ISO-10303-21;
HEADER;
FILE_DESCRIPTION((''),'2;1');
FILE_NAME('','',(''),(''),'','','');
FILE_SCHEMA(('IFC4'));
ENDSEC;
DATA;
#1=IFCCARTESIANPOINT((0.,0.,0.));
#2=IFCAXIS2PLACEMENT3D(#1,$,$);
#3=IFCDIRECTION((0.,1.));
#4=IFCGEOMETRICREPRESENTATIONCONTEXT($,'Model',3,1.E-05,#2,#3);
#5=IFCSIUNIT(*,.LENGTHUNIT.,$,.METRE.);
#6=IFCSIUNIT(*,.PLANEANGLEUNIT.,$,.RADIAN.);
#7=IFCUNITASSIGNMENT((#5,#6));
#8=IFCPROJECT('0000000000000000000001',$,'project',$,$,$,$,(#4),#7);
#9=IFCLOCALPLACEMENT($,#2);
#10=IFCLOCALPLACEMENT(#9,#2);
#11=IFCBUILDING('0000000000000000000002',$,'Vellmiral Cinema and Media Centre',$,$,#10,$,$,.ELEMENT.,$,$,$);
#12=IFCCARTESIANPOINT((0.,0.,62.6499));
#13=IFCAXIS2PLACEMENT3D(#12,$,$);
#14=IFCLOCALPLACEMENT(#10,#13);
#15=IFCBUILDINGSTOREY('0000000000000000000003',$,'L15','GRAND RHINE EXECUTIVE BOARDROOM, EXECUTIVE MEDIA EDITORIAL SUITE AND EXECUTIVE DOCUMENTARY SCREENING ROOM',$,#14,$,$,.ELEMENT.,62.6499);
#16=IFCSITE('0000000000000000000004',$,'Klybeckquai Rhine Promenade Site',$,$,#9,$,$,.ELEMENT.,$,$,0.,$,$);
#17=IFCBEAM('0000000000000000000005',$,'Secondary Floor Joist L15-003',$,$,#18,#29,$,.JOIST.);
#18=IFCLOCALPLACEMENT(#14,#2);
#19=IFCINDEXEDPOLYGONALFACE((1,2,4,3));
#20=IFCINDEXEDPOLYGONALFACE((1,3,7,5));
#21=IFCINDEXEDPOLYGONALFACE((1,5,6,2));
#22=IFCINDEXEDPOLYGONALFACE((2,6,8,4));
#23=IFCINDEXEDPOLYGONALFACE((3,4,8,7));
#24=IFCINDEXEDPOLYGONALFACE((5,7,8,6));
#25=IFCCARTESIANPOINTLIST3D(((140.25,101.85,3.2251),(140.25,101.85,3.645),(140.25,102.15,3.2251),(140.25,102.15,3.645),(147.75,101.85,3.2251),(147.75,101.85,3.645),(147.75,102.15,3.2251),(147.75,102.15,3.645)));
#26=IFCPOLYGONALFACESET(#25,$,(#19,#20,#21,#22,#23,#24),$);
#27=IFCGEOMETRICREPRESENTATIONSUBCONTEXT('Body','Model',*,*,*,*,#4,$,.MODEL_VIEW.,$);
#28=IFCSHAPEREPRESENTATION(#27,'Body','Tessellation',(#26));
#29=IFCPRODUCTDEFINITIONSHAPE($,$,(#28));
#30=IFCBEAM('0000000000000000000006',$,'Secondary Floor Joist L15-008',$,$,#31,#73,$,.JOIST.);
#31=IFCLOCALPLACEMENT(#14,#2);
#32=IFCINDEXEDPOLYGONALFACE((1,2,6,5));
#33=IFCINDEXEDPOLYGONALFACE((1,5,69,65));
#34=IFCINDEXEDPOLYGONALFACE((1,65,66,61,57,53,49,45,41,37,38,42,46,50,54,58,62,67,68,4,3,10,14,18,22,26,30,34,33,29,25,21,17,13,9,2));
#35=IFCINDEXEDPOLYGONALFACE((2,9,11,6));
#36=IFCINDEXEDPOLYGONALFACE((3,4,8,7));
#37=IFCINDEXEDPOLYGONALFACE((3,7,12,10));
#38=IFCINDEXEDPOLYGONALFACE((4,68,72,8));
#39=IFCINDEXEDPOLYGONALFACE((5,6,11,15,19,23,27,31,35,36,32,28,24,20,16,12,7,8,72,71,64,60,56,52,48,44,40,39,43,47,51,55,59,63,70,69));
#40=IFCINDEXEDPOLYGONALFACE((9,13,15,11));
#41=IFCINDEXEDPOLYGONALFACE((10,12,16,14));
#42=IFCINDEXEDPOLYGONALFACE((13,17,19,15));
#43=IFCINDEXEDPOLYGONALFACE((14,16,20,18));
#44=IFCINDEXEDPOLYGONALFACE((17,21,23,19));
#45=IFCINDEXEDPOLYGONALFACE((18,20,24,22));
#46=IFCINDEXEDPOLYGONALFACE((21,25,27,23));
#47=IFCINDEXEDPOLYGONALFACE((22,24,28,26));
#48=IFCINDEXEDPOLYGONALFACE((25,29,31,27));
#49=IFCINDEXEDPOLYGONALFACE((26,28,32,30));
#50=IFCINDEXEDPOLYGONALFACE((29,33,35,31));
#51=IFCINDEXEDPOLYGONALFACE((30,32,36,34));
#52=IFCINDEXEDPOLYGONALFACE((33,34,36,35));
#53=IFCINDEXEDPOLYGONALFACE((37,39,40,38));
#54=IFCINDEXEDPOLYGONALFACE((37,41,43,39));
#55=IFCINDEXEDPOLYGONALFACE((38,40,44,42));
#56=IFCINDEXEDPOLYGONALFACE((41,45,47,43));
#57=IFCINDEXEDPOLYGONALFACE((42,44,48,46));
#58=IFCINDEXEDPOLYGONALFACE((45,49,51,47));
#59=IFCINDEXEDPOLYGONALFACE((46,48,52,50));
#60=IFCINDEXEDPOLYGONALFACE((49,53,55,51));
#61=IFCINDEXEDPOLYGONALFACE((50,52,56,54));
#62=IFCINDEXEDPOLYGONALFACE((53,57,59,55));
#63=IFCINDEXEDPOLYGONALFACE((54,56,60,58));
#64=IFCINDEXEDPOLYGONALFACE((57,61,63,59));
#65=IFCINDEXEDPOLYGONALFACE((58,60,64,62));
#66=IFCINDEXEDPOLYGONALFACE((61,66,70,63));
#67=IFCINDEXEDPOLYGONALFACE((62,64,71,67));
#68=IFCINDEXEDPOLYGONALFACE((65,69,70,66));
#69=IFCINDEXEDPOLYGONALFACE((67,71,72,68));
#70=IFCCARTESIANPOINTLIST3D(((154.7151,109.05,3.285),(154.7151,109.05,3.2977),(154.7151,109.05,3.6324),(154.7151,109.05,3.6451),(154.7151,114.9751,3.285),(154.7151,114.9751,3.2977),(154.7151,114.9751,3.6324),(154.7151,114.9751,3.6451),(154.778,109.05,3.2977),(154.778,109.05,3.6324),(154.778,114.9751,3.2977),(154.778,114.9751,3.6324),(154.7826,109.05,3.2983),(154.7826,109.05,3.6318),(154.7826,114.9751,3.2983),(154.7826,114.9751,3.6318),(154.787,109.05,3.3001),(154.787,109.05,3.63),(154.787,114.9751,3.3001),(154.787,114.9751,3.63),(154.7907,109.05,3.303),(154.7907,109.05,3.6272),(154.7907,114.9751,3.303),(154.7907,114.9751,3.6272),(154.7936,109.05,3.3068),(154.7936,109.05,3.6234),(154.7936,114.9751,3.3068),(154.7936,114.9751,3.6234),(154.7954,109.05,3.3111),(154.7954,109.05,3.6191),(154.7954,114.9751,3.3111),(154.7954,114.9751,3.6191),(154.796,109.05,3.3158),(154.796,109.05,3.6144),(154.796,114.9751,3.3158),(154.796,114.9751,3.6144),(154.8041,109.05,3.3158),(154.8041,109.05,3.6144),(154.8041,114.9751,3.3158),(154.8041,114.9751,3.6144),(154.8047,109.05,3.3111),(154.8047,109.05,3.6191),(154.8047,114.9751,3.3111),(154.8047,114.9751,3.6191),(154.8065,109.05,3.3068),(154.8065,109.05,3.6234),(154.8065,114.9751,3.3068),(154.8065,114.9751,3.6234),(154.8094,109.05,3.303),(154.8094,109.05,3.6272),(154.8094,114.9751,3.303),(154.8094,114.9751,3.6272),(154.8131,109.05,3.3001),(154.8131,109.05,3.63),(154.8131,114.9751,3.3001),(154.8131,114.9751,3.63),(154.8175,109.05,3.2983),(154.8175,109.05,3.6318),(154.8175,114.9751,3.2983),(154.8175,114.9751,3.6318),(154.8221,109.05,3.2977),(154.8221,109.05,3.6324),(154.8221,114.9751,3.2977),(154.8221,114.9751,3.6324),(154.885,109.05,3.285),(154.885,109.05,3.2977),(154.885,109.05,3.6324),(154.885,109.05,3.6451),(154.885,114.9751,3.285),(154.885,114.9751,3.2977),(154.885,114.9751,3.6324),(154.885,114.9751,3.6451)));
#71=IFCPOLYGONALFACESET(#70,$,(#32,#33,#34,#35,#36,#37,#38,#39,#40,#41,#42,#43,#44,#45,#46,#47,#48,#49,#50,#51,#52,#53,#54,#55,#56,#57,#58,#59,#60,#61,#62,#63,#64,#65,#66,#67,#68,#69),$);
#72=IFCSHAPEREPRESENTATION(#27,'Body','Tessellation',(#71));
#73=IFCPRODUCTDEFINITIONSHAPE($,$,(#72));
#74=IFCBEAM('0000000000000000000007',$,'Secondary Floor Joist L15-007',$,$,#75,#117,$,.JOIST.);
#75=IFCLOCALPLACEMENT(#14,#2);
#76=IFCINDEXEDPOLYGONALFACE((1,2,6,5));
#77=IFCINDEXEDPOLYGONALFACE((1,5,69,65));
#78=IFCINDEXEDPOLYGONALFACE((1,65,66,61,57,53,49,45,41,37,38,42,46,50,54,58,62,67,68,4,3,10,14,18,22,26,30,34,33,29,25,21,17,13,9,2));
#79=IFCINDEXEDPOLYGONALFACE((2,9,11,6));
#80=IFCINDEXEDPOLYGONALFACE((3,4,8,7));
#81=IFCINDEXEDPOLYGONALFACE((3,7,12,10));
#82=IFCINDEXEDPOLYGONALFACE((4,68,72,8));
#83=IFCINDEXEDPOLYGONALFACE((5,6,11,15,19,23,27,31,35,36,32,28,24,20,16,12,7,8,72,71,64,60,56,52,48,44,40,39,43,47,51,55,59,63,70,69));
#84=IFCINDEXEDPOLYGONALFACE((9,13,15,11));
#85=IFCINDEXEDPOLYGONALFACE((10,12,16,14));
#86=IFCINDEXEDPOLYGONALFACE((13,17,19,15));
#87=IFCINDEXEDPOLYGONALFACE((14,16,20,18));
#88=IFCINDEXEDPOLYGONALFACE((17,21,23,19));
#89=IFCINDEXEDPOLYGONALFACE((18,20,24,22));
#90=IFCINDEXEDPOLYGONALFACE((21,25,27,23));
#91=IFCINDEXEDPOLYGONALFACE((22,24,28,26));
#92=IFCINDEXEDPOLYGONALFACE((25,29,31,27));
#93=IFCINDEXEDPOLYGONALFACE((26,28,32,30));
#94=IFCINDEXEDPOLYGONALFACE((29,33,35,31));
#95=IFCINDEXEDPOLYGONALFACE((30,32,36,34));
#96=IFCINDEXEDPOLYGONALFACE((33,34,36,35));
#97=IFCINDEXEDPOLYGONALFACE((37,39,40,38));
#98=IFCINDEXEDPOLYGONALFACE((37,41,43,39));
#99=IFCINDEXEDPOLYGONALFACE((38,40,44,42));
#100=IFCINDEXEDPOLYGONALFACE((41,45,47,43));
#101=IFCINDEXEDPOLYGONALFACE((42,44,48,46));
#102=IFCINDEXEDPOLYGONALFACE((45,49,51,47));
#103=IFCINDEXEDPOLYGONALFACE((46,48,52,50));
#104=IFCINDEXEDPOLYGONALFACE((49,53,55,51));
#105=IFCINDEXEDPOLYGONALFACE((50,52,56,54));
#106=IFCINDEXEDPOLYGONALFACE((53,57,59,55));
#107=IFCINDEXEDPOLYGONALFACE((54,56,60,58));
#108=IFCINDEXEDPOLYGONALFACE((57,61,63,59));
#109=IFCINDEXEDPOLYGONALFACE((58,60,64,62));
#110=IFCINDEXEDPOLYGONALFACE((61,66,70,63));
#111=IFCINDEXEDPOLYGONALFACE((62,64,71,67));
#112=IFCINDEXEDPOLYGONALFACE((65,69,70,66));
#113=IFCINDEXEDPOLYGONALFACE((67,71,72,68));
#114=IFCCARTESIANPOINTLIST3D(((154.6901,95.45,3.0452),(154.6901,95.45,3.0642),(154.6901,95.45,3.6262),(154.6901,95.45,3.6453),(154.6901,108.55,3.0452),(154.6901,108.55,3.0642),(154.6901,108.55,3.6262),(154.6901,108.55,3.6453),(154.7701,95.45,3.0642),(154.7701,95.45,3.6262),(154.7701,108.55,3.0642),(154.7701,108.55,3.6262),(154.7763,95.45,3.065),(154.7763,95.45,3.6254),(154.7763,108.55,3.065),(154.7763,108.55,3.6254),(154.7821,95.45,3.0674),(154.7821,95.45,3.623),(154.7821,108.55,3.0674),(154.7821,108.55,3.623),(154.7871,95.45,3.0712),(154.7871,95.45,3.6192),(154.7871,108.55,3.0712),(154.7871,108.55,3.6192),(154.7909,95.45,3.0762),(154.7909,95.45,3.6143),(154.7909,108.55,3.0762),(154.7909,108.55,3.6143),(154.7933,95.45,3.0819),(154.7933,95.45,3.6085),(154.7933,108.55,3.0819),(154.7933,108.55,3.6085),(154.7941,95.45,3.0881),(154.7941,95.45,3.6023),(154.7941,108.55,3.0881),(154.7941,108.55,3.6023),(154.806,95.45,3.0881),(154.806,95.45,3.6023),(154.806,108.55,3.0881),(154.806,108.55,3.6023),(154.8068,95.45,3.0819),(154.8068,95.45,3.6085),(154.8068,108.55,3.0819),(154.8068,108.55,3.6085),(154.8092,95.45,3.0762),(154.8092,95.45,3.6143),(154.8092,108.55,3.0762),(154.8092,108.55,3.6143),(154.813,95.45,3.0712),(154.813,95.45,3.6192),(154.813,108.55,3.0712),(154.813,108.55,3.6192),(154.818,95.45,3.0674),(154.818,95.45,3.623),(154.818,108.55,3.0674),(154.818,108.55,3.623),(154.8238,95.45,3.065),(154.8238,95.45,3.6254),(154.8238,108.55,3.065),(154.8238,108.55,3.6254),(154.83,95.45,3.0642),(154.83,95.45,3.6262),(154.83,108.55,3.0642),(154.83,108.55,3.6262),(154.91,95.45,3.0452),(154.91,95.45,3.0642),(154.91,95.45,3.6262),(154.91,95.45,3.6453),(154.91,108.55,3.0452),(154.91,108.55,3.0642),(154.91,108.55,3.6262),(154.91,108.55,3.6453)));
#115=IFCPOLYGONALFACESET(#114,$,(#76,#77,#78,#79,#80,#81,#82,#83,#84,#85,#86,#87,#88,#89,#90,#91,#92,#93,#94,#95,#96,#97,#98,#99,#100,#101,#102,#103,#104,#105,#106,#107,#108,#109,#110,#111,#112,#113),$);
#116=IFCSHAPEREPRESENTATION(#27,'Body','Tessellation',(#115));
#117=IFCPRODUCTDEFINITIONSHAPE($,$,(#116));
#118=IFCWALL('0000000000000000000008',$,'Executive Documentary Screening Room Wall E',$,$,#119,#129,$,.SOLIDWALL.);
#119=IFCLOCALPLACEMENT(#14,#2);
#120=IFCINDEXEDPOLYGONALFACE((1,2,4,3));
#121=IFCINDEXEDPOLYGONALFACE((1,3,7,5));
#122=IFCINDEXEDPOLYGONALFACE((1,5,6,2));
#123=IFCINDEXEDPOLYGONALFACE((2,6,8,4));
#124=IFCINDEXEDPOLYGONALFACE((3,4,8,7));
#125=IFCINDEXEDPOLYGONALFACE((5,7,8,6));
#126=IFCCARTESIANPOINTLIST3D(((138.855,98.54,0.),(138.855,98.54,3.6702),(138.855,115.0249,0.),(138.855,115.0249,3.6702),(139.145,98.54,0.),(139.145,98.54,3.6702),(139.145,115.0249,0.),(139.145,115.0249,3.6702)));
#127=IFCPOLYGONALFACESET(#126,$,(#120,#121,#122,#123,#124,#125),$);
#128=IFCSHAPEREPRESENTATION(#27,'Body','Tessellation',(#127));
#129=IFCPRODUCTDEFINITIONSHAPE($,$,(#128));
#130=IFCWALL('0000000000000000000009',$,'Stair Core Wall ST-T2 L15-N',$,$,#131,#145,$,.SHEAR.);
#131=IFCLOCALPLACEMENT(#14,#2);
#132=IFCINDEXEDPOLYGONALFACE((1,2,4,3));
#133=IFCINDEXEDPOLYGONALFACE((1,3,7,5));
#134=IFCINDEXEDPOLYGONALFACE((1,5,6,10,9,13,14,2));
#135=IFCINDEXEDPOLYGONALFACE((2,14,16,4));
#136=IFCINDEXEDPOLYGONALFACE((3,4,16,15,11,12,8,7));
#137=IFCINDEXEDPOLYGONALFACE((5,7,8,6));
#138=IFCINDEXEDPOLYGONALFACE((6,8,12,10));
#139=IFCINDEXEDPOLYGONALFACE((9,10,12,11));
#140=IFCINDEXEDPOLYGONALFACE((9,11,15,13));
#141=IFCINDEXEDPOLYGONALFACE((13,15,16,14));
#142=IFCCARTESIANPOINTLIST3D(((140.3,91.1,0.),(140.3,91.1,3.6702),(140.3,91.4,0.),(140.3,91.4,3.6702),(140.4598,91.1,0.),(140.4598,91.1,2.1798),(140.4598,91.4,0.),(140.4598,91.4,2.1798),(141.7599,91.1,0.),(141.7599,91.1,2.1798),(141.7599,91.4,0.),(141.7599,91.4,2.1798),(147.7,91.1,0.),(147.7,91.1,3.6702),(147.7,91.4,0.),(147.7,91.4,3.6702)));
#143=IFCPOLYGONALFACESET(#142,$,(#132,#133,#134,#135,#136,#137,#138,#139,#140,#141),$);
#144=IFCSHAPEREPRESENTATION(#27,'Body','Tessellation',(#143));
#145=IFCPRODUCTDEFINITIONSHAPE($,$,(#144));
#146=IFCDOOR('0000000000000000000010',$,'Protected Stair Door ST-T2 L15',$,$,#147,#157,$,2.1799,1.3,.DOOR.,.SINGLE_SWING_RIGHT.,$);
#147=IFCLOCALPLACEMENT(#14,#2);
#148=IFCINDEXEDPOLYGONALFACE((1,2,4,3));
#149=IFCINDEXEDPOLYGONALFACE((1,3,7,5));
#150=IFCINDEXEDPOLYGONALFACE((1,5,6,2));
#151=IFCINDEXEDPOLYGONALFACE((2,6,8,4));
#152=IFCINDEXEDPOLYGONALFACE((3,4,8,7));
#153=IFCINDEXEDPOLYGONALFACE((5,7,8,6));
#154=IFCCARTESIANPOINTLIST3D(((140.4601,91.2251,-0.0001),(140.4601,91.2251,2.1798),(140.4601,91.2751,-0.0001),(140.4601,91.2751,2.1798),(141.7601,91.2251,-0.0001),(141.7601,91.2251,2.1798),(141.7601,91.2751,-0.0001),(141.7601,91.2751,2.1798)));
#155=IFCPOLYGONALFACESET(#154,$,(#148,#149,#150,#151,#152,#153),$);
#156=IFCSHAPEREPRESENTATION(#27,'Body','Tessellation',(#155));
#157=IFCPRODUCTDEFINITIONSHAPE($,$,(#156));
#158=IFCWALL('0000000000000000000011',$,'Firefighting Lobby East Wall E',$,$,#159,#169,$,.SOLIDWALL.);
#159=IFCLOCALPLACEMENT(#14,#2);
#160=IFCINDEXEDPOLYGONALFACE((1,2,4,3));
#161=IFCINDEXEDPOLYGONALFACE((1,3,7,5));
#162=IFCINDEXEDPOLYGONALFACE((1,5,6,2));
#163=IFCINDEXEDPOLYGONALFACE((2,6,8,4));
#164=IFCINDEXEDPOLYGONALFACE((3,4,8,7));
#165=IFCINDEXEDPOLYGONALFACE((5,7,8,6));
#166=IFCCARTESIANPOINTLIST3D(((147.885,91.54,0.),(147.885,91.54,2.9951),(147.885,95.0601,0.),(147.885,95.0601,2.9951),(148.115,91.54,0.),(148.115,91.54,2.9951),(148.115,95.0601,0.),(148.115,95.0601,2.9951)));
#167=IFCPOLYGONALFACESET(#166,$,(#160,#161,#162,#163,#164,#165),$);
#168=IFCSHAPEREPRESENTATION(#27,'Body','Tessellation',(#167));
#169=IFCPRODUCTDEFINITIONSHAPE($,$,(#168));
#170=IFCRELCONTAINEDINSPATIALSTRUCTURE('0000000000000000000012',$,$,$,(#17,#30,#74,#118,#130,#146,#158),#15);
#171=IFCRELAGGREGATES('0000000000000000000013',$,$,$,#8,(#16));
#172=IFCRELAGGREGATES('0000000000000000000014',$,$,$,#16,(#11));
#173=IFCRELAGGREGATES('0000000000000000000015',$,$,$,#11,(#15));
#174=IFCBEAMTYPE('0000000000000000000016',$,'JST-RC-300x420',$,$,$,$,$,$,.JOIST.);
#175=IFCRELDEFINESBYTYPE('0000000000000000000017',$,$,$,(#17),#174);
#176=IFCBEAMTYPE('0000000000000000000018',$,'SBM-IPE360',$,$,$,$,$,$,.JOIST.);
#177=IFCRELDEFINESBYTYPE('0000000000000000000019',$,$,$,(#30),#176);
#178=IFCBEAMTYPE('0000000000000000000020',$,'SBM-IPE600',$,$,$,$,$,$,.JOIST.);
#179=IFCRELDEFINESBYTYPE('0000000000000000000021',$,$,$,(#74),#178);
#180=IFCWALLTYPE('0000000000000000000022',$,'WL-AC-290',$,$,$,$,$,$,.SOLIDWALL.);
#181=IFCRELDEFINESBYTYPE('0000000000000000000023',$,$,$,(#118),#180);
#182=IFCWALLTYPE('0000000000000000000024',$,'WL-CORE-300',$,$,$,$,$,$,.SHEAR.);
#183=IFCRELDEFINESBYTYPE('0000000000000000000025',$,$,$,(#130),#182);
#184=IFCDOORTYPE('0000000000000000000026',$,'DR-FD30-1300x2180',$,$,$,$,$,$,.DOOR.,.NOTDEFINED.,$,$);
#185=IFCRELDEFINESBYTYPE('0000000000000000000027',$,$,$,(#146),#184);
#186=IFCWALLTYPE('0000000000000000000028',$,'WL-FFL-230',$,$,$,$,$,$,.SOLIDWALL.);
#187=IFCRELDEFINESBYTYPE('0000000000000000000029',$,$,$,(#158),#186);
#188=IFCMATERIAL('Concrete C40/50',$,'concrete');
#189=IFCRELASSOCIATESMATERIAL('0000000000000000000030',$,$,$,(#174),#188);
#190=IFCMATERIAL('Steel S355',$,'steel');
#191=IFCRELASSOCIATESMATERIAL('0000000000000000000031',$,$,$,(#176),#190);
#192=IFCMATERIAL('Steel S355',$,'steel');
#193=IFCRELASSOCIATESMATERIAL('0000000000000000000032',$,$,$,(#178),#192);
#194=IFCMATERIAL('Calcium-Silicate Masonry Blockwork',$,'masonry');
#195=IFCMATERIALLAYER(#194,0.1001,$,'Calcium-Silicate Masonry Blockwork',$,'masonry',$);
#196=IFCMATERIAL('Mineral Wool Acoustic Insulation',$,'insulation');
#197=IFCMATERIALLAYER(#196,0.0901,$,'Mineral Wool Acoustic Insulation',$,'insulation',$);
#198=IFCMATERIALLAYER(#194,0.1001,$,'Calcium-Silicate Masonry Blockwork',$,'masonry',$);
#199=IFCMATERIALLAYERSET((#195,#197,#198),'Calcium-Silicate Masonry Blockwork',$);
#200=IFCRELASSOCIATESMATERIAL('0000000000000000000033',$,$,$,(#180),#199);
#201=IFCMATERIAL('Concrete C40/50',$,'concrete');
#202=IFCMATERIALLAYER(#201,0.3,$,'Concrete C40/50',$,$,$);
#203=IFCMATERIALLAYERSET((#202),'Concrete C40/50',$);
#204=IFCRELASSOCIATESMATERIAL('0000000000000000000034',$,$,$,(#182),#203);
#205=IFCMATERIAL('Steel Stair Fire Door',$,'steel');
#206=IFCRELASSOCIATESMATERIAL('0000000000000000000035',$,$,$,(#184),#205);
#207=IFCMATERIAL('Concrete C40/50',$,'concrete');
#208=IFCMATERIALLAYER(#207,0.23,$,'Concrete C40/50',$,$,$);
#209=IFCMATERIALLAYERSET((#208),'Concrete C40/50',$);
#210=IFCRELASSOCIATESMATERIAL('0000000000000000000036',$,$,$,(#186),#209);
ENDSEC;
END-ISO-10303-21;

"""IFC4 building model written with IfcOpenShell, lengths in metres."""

from ifc_helpers import new_model, si_unit, direction, frame, frame_2d, origin, origin_2d, place, context, subcontext, project, spatial, rectangle, i_section, extrude, material, layer, layer_set, material_profile, profile_set, type_object, element, fill, save


model = new_model("IFC4")

# Units and contexts
model_context = context("Model", 3, precision=1e-05, world=origin(), true_north=direction((0.0, 1.0)))
body_context = subcontext(model_context, "Body", "Model", "MODEL_VIEW")
ifc_project = project(units=[si_unit("LENGTHUNIT", "METRE"), si_unit("PLANEANGLEUNIT", "RADIAN")], contexts=[model_context])

# Site, building, storey
site_placement = place(None, origin())
site = spatial("IfcSite", under=ifc_project, at=site_placement, Name="Klybeckquai Rhine Promenade Site", CompositionType="ELEMENT", RefElevation=0.0)
building_placement = place(site_placement, origin())
building = spatial("IfcBuilding", under=site, at=building_placement, Name="Vellmiral Cinema and Media Centre", CompositionType="ELEMENT")
storey_placement = place(building_placement, frame((0.0, 0.0, 62.6499)))
storey = spatial("IfcBuildingStorey", under=building, at=storey_placement, Name="L15", Description="GRAND RHINE EXECUTIVE BOARDROOM, EXECUTIVE MEDIA EDITORIAL SUITE AND EXECUTIVE DOCUMENTARY SCREENING ROOM", CompositionType="ELEMENT", Elevation=62.6499)

# Beams
ifc_material_1 = material(Name="Concrete C40/50", Category="concrete")
ifc_material_profile_1 = material_profile(ifc_material_1, rectangle(XDim=0.3, YDim=0.4199, at=origin_2d()), Name="RC 300x420")
ifc_profile_set_1 = profile_set([ifc_material_profile_1], Name="Concrete C40/50")
beam_type_1 = type_object("IfcBeamType", Name="JST-RC-300x420", PredefinedType="JOIST", material=ifc_profile_set_1)
beam_1_placement = place(storey_placement, frame((140.25, 102.0, 3.4351), z_axis=(1.0, 0.0, 0.0), x_axis=(0.0, 1.0, 0.0)))
element("IfcBeam", 1, at=beam_1_placement, inside=storey, type_object=beam_type_1, Name="Secondary Floor Joist L15-003", PredefinedType="JOIST", context=body_context, shape_type="SweptSolid", body=[
    extrude(rectangle(XDim=0.3, YDim=0.4199, at=origin_2d()), origin(), (0.0, 0.0, 1.0), 7.5),
])
ifc_material_2 = material(Name="Steel S355", Category="steel")
ifc_material_profile_2 = material_profile(ifc_material_2, i_section(OverallWidth=0.1699, OverallDepth=0.3601, WebThickness=0.0081, FlangeThickness=0.0127, FilletRadius=0.0181, at=origin_2d()), Name="IPE 360")
ifc_profile_set_2 = profile_set([ifc_material_profile_2], Name="Steel S355")
beam_type_2 = type_object("IfcBeamType", Name="SBM-IPE360", PredefinedType="JOIST", material=ifc_profile_set_2)
beam_2_placement = place(storey_placement, frame((154.8, 109.05, 3.4651), z_axis=(0.0, 1.0, 0.0), x_axis=(-1.0, 0.0, 0.0)))
element("IfcBeam", 2, at=beam_2_placement, inside=storey, type_object=beam_type_2, Name="Secondary Floor Joist L15-008", PredefinedType="JOIST", context=body_context, shape_type="SweptSolid", body=[
    extrude(i_section(OverallWidth=0.1699, OverallDepth=0.3601, WebThickness=0.0081, FlangeThickness=0.0127, FilletRadius=0.0181, at=origin_2d()), origin(), (0.0, 0.0, 1.0), 5.925),
])
ifc_material_3 = material(Name="Steel S355", Category="steel")
ifc_material_profile_3 = material_profile(ifc_material_3, i_section(OverallWidth=0.22, OverallDepth=0.6001, WebThickness=0.012, FlangeThickness=0.019, FilletRadius=0.0239, at=origin_2d()), Name="IPE 600")
ifc_profile_set_3 = profile_set([ifc_material_profile_3], Name="Steel S355")
beam_type_3 = type_object("IfcBeamType", Name="SBM-IPE600", PredefinedType="JOIST", material=ifc_profile_set_3)
beam_3_placement = place(storey_placement, frame((154.8, 95.45, 3.3452), z_axis=(0.0, 1.0, 0.0), x_axis=(-1.0, 0.0, 0.0)))
element("IfcBeam", 3, at=beam_3_placement, inside=storey, type_object=beam_type_3, Name="Secondary Floor Joist L15-007", PredefinedType="JOIST", context=body_context, shape_type="SweptSolid", body=[
    extrude(i_section(OverallWidth=0.22, OverallDepth=0.6001, WebThickness=0.012, FlangeThickness=0.019, FilletRadius=0.0239, at=origin_2d()), origin(), (0.0, 0.0, 1.0), 13.1001),
])

# Wall
ifc_material_4 = material(Name="Calcium-Silicate Masonry Blockwork", Category="masonry")
ifc_layer_1 = layer(ifc_material_4, 0.1001, Name="Calcium-Silicate Masonry Blockwork", Category="masonry")
ifc_material_5 = material(Name="Mineral Wool Acoustic Insulation", Category="insulation")
ifc_layer_2 = layer(ifc_material_5, 0.0901, Name="Mineral Wool Acoustic Insulation", Category="insulation")
ifc_layer_3 = layer(ifc_material_4, 0.1001, Name="Calcium-Silicate Masonry Blockwork", Category="masonry")
ifc_layer_set_1 = layer_set([ifc_layer_1, ifc_layer_2, ifc_layer_3], Name="Calcium-Silicate Masonry Blockwork")
wall_type_1 = type_object("IfcWallType", Name="WL-AC-290", PredefinedType="SOLIDWALL", material=ifc_layer_set_1)
wall_1_placement = place(storey_placement, frame((139.0, 98.54, 0.0), z_axis=(0.0, 0.0, 1.0), x_axis=(0.0, 1.0, 0.0)))
element("IfcWall", 4, at=wall_1_placement, inside=storey, type_object=wall_type_1, Name="Executive Documentary Screening Room Wall E", PredefinedType="SOLIDWALL", context=body_context, shape_type="SweptSolid", body=[
    extrude(rectangle(XDim=16.4849, YDim=0.29, at=frame_2d((8.2424, 0.0))), origin(), (0.0, 0.0, 1.0), 3.6702),
])

# Wall, opening, door
ifc_material_6 = material(Name="Concrete C40/50", Category="concrete")
ifc_layer_4 = layer(ifc_material_6, 0.3, Name="Concrete C40/50")
ifc_layer_set_2 = layer_set([ifc_layer_4], Name="Concrete C40/50")
wall_type_2 = type_object("IfcWallType", Name="WL-CORE-300", PredefinedType="SHEAR", material=ifc_layer_set_2)
wall_2_placement = place(storey_placement, frame((140.3, 91.25, 0.0), z_axis=(0.0, 0.0, 1.0), x_axis=(1.0, 0.0, 0.0)))
wall_2 = element("IfcWall", 5, at=wall_2_placement, inside=storey, type_object=wall_type_2, Name="Stair Core Wall ST-T2 L15-N", PredefinedType="SHEAR", context=body_context, shape_type="SweptSolid", body=[
    extrude(rectangle(XDim=7.3999, YDim=0.3, at=frame_2d((3.7, 0.0))), origin(), (0.0, 0.0, 1.0), 3.6702),
])
opening_1_placement = place(wall_2_placement, frame((0.1599, 0.0, 0.0)))
opening_1 = element("IfcOpeningElement", 6, at=opening_1_placement, cuts=wall_2, PredefinedType="OPENING", context=body_context, shape_type="SweptSolid", body=[
    extrude(rectangle(XDim=1.3, YDim=2.1799, at=frame_2d((0.6499, 1.0898))), frame((0.0, 0.1621, 0.0), z_axis=(0.0, -1.0, 0.0), x_axis=(1.0, 0.0, 0.0)), (0.0, 0.0, 1.0), 0.324),
])
ifc_material_7 = material(Name="Steel Stair Fire Door", Category="steel")
door_type_1 = type_object("IfcDoorType", Name="DR-FD30-1300x2180", OperationType="NOTDEFINED", PredefinedType="DOOR", material=ifc_material_7)
door_1_placement = place(opening_1_placement, frame((1.3, 0.0, 0.0), z_axis=(0.0, 0.0, 1.0), x_axis=(-1.0, 0.0, 0.0)))
door_1 = element("IfcDoor", 7, at=door_1_placement, inside=storey, type_object=door_type_1, Name="Protected Stair Door ST-T2 L15", OperationType="SINGLE_SWING_RIGHT", OverallHeight=2.1799, OverallWidth=1.3, PredefinedType="DOOR", context=body_context, shape_type="SweptSolid", body=[
    extrude(rectangle(XDim=1.3, YDim=2.1799, at=frame_2d((0.6499, 1.0898))), frame((0.0, 0.0249, 0.0), z_axis=(0.0, -1.0, 0.0), x_axis=(1.0, 0.0, 0.0)), (0.0, 0.0, 1.0), 0.05),
])
fill(opening_1, door_1)

# Wall
ifc_material_8 = material(Name="Concrete C40/50", Category="concrete")
ifc_layer_5 = layer(ifc_material_8, 0.23, Name="Concrete C40/50")
ifc_layer_set_3 = layer_set([ifc_layer_5], Name="Concrete C40/50")
wall_type_3 = type_object("IfcWallType", Name="WL-FFL-230", PredefinedType="SOLIDWALL", material=ifc_layer_set_3)
wall_3_placement = place(storey_placement, frame((148.0, 91.54, 0.0), z_axis=(0.0, 0.0, 1.0), x_axis=(0.0, 1.0, 0.0)))
element("IfcWall", 8, at=wall_3_placement, inside=storey, type_object=wall_type_3, Name="Firefighting Lobby East Wall E", PredefinedType="SOLIDWALL", context=body_context, shape_type="SweptSolid", body=[
    extrude(rectangle(XDim=3.52, YDim=0.23, at=frame_2d((1.76, 0.0))), origin(), (0.0, 0.0, 1.0), 2.9951),
])

save(model, "model.ifc")
